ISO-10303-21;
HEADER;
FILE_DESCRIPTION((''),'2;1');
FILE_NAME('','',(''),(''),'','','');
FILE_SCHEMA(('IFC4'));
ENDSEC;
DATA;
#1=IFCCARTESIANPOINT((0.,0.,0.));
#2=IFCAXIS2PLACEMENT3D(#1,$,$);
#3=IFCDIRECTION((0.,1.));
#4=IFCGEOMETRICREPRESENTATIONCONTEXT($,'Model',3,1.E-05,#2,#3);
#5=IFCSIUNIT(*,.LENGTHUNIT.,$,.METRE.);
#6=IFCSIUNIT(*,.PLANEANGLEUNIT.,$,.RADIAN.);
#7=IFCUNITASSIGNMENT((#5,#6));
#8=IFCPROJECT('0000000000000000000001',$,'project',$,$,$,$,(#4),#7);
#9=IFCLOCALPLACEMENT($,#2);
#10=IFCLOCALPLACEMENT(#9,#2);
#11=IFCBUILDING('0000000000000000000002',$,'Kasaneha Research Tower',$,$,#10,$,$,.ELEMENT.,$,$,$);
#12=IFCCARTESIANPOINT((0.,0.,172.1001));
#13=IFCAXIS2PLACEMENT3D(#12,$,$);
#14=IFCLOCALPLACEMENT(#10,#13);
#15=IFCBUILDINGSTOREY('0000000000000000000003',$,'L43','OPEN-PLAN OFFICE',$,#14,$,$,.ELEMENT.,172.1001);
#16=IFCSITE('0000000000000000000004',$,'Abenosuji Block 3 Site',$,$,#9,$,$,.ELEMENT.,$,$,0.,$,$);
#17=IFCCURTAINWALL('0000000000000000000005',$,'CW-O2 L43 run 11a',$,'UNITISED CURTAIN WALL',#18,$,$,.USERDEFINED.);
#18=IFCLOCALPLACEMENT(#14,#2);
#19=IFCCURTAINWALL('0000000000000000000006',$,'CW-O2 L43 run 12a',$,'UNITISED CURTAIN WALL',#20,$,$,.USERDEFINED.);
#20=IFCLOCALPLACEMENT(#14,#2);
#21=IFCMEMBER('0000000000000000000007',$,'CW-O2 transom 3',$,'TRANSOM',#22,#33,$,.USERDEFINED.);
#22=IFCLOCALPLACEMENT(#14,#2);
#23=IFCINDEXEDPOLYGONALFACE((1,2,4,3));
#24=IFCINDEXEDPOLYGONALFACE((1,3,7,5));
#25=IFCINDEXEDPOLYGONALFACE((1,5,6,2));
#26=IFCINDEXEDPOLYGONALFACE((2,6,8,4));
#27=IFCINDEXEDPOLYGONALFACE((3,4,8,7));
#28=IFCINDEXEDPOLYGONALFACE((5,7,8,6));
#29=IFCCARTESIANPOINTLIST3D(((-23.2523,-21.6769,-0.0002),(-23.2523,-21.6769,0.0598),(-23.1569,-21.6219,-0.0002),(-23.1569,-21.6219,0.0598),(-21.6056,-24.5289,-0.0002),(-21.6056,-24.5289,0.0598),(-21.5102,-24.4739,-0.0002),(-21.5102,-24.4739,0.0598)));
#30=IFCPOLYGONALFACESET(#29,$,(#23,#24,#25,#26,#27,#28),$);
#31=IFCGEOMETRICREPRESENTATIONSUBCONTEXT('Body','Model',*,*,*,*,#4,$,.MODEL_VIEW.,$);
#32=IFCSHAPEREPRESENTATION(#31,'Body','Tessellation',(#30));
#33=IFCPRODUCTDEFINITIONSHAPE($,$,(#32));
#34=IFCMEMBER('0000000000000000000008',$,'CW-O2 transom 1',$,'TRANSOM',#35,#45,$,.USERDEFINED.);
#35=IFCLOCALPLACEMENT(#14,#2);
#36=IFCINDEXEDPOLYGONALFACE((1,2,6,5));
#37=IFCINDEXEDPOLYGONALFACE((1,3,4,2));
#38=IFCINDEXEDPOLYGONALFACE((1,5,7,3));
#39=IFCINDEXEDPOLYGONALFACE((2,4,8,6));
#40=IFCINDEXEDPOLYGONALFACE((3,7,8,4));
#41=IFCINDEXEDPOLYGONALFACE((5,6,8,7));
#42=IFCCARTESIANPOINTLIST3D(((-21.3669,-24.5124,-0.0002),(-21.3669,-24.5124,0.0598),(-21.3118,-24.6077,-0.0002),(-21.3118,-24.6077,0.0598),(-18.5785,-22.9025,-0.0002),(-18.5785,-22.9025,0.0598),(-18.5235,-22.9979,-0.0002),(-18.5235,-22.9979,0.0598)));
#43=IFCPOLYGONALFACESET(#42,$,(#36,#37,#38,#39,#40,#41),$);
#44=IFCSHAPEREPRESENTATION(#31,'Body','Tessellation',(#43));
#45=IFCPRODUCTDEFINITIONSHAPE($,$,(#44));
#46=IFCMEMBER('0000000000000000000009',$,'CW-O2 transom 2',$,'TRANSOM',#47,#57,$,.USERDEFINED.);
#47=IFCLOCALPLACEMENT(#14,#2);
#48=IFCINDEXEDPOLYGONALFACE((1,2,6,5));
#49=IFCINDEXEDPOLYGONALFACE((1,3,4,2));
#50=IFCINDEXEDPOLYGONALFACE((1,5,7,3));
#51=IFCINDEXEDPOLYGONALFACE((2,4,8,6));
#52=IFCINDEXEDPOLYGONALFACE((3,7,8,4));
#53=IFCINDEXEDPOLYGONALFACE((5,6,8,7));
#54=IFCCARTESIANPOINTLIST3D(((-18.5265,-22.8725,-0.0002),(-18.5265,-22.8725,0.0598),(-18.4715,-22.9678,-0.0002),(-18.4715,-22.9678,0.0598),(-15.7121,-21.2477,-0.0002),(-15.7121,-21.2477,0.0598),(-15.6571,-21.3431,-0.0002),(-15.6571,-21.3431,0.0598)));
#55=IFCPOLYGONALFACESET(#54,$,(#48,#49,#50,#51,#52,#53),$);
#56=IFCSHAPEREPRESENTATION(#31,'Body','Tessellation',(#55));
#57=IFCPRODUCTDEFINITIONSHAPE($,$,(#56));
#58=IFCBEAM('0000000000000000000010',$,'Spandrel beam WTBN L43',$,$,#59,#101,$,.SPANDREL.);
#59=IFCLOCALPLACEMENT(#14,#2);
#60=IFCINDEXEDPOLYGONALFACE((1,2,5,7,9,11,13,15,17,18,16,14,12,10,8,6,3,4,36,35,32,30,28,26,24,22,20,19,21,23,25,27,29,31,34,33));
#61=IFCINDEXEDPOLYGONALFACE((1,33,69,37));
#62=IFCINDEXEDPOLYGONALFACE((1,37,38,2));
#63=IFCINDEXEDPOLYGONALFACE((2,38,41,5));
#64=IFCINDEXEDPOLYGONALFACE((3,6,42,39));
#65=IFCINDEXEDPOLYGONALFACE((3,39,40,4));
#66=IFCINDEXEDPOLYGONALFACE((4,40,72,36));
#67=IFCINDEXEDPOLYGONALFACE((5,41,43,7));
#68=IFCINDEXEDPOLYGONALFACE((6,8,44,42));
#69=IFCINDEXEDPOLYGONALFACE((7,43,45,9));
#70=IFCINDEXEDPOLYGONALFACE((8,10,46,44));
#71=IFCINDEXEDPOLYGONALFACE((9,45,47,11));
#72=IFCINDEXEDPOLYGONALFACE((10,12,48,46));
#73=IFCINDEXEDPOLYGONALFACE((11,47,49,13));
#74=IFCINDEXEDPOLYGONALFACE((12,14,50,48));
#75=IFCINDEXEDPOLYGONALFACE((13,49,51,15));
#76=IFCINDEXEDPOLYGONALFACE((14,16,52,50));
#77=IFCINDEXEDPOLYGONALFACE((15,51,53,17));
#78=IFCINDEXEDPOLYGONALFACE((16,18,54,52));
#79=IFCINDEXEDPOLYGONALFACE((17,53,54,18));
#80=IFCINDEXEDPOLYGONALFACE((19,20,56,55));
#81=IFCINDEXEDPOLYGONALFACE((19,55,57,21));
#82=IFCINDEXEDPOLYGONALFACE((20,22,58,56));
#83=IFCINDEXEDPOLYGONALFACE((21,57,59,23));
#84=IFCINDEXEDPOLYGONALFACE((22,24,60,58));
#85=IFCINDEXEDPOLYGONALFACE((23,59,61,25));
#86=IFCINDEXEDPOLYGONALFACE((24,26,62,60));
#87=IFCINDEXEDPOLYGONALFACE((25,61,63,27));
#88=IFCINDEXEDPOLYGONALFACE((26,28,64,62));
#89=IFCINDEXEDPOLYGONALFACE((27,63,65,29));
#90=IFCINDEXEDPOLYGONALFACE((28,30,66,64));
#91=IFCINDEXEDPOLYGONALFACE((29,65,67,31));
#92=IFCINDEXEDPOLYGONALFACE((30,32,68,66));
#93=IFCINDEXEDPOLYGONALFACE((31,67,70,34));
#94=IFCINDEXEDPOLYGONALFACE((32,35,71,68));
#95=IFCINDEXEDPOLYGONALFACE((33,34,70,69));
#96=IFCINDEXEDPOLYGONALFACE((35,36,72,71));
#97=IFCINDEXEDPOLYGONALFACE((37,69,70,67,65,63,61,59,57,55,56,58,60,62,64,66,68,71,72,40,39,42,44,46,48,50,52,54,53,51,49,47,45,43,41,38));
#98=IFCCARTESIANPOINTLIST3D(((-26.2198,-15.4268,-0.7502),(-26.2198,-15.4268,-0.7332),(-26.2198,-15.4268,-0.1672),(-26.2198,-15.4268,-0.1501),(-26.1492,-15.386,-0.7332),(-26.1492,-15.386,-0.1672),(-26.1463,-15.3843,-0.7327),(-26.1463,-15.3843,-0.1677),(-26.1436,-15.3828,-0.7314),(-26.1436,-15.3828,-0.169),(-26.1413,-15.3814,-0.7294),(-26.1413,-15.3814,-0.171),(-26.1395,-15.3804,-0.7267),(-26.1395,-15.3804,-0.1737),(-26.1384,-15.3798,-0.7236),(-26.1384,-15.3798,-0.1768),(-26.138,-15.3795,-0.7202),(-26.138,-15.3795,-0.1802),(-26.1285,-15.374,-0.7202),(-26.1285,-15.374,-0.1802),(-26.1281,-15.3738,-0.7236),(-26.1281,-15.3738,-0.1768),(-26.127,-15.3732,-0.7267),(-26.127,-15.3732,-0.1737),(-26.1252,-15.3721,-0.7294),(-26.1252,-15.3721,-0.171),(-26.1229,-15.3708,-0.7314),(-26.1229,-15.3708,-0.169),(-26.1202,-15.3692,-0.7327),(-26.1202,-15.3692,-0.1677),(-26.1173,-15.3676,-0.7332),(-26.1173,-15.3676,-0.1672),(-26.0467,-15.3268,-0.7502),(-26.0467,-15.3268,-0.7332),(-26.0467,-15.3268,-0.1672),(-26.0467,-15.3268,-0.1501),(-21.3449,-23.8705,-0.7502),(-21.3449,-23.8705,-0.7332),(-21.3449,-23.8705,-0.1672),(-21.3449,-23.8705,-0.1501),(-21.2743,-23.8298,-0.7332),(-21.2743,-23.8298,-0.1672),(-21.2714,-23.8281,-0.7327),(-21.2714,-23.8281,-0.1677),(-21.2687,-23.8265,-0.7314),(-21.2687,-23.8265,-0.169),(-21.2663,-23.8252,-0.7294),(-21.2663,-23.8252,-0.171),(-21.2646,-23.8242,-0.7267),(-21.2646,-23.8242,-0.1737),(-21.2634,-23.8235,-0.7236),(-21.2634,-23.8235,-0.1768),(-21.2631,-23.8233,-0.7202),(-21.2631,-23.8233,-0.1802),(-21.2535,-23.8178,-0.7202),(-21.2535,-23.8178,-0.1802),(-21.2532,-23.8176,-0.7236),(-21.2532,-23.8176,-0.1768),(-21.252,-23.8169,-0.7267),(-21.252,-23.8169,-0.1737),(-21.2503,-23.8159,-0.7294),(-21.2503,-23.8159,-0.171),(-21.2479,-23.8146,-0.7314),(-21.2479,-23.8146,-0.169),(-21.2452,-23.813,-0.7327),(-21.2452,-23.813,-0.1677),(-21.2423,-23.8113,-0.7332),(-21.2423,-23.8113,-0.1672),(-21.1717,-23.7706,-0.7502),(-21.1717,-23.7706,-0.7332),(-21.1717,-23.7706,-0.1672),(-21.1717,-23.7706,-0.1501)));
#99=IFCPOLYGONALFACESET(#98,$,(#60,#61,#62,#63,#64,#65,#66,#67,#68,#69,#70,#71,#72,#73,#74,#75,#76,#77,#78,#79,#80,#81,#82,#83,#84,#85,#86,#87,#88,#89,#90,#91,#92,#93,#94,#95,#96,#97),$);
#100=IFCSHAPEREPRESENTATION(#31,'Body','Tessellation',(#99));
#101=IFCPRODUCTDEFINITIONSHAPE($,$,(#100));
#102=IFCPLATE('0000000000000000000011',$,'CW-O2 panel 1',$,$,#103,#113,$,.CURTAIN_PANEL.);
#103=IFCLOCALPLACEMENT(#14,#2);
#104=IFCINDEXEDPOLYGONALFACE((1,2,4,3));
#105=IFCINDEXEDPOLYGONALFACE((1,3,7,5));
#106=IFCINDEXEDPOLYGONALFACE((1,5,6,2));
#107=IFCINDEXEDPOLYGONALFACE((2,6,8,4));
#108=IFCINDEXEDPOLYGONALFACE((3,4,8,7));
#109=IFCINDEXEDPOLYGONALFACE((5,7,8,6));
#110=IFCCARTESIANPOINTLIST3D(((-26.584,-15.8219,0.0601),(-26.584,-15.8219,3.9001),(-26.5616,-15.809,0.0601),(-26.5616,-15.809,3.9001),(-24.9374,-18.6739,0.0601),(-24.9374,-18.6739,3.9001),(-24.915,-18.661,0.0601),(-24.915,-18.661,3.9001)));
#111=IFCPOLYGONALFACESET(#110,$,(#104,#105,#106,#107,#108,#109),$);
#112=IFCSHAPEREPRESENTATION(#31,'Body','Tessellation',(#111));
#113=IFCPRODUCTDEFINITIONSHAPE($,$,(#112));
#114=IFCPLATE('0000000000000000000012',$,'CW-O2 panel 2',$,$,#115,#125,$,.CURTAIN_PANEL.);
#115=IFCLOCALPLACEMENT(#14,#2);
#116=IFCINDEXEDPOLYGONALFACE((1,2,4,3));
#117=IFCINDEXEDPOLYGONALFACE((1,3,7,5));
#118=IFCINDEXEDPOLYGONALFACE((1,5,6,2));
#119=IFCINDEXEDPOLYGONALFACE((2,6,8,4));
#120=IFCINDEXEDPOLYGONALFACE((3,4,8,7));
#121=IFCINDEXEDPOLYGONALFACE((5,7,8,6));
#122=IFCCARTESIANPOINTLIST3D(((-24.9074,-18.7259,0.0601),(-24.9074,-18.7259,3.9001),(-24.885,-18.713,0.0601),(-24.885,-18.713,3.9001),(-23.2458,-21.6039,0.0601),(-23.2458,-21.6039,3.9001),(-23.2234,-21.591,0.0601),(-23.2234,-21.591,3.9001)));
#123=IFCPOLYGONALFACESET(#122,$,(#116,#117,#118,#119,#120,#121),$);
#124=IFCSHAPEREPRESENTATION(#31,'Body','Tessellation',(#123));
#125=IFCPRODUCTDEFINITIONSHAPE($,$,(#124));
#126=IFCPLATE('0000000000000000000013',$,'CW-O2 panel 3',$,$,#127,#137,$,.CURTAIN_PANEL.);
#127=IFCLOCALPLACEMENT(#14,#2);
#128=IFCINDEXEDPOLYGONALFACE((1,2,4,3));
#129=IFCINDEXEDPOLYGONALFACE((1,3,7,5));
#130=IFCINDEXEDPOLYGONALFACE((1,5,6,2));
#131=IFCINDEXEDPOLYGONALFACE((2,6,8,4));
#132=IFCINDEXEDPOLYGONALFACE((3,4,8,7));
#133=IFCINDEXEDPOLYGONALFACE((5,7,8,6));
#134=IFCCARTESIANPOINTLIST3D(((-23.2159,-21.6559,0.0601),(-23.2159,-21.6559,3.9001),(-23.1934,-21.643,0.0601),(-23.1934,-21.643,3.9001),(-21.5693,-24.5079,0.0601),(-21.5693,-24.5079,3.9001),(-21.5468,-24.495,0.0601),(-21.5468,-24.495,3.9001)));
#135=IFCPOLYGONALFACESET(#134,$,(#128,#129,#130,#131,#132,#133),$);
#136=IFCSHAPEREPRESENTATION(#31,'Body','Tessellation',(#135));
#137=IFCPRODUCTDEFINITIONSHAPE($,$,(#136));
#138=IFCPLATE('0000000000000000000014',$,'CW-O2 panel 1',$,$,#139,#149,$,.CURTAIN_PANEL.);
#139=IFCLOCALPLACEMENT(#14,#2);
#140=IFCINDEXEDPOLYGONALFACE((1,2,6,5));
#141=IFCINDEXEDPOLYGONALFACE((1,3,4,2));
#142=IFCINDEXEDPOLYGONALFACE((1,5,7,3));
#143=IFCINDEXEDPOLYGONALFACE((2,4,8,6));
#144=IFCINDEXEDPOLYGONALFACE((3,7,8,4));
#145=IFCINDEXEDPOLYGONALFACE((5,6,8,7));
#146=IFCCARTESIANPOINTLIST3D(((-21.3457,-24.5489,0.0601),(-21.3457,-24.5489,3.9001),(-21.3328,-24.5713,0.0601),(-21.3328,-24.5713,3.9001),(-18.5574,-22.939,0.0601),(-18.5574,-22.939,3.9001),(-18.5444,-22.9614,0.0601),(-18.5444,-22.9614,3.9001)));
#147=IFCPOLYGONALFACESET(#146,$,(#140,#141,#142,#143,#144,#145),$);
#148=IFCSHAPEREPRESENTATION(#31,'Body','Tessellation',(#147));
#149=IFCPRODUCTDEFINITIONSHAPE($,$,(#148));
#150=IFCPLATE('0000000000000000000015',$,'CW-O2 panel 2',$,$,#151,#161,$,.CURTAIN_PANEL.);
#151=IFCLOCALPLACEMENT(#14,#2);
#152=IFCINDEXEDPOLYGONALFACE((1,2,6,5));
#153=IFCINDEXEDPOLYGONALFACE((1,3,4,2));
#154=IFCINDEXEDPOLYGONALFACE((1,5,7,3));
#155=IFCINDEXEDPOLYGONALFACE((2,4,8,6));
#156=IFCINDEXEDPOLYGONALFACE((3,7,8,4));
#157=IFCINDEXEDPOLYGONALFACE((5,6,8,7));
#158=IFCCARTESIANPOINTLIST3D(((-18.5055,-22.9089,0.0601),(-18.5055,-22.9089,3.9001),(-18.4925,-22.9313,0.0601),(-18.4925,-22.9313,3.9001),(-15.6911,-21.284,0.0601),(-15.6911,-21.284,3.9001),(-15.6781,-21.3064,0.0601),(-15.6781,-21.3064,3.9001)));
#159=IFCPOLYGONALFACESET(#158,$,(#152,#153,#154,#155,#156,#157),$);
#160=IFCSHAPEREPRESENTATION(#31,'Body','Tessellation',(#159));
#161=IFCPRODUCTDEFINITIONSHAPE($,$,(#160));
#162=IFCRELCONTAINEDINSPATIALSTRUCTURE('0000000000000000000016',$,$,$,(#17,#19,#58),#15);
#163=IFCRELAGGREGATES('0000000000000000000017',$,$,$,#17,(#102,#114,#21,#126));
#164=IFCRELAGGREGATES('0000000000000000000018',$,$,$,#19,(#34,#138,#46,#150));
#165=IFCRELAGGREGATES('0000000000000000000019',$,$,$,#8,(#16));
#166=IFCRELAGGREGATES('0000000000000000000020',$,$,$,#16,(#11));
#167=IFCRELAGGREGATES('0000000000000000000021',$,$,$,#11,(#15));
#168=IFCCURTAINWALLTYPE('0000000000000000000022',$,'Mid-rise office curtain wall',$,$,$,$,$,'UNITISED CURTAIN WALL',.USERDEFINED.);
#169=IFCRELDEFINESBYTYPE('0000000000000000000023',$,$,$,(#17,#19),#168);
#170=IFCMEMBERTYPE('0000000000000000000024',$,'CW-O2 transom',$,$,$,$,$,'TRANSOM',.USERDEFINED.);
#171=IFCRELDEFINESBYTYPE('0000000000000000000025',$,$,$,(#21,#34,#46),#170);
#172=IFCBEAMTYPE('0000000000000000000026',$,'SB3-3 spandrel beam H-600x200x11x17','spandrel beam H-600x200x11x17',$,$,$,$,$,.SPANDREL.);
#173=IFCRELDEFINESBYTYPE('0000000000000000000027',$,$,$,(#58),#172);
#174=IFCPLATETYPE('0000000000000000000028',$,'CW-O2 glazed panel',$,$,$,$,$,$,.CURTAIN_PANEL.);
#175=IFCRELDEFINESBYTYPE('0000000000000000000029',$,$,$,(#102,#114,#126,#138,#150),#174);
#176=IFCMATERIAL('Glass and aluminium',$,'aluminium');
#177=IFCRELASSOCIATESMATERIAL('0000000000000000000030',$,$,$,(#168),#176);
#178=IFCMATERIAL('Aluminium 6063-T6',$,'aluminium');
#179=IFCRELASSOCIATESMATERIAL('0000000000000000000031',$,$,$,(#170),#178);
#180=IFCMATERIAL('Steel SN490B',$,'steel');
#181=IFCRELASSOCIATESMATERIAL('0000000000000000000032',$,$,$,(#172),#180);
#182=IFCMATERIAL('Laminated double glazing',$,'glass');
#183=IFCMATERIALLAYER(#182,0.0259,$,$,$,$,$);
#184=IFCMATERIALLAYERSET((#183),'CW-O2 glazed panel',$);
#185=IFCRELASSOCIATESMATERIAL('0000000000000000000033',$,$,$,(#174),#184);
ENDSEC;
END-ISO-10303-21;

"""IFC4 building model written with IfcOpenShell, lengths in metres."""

from ifc_helpers import new_model, si_unit, direction, frame, origin, origin_2d, place, context, subcontext, project, spatial, rectangle, i_section, extrude, material, layer, layer_set, material_profile, profile_set, type_object, element, aggregate, save


model = new_model("IFC4")

# Units and contexts
model_context = context("Model", 3, precision=1e-05, world=origin(), true_north=direction((0.0, 1.0)))
body_context = subcontext(model_context, "Body", "Model", "MODEL_VIEW")
ifc_project = project(units=[si_unit("LENGTHUNIT", "METRE"), si_unit("PLANEANGLEUNIT", "RADIAN")], contexts=[model_context])

# Site, building, storey
site_placement = place(None, origin())
site = spatial("IfcSite", under=ifc_project, at=site_placement, Name="Abenosuji Block 3 Site", CompositionType="ELEMENT", RefElevation=0.0)
building_placement = place(site_placement, origin())
building = spatial("IfcBuilding", under=site, at=building_placement, Name="Kasaneha Research Tower", CompositionType="ELEMENT")
storey_placement = place(building_placement, frame((0.0, 0.0, 172.1001)))
storey = spatial("IfcBuildingStorey", under=building, at=storey_placement, Name="L43", Description="OPEN-PLAN OFFICE", CompositionType="ELEMENT", Elevation=172.1001)

# Shared definitions
ifc_material_1 = material(Name="Glass and aluminium", Category="aluminium")
curtain_wall_type = type_object("IfcCurtainWallType", Name="Mid-rise office curtain wall", ElementType="UNITISED CURTAIN WALL", PredefinedType="USERDEFINED", material=ifc_material_1)

# Curtain walls
curtain_wall_1_placement = place(storey_placement, origin())
curtain_wall_1 = element("IfcCurtainWall", 1, at=curtain_wall_1_placement, inside=storey, type_object=curtain_wall_type, Name="CW-O2 L43 run 11a", ObjectType="UNITISED CURTAIN WALL", PredefinedType="USERDEFINED")
curtain_wall_2_placement = place(storey_placement, origin())
curtain_wall_2 = element("IfcCurtainWall", 2, at=curtain_wall_2_placement, inside=storey, type_object=curtain_wall_type, Name="CW-O2 L43 run 12a", ObjectType="UNITISED CURTAIN WALL", PredefinedType="USERDEFINED")

# Members
ifc_material_2 = material(Name="Aluminium 6063-T6", Category="aluminium")
ifc_material_profile_1 = material_profile(ifc_material_2, rectangle(XDim=0.1101, YDim=0.0601, at=origin_2d()), Name="CW-O2 transom 110x60")
ifc_profile_set_1 = profile_set([ifc_material_profile_1], Name="Aluminium 6063-T6")
member_type_1 = type_object("IfcMemberType", Name="CW-O2 transom", ElementType="TRANSOM", PredefinedType="USERDEFINED", material=ifc_profile_set_1)
member_1_placement = place(storey_placement, frame((-23.2046, -21.6494, 0.0298), z_axis=(0.500022, -0.866013, 0.0), x_axis=(0.866013, 0.500022, 0.0)))
member_1 = element("IfcMember", 3, at=member_1_placement, type_object=member_type_1, Name="CW-O2 transom 3", ObjectType="TRANSOM", PredefinedType="USERDEFINED", context=body_context, shape_type="SweptSolid", body=[
    extrude(rectangle(XDim=0.1101, YDim=0.0601, at=origin_2d()), origin(), (0.0, 0.0, 1.0), 3.2932),
])
member_2_placement = place(storey_placement, frame((-21.3394, -24.5601, 0.0298), z_axis=(0.866023, 0.500005, 0.0), x_axis=(-0.500005, 0.866023, 0.0)))
member_2 = element("IfcMember", 4, at=member_2_placement, type_object=member_type_1, Name="CW-O2 transom 1", ObjectType="TRANSOM", PredefinedType="USERDEFINED", context=body_context, shape_type="SweptSolid", body=[
    extrude(rectangle(XDim=0.1101, YDim=0.0601, at=origin_2d()), origin(), (0.0, 0.0, 1.0), 3.2197),
])
member_3_placement = place(storey_placement, frame((-18.499, -22.9202, 0.0298), z_axis=(0.866048, 0.499961, 0.0), x_axis=(-0.499961, 0.866048, 0.0)))
member_3 = element("IfcMember", 5, at=member_3_placement, type_object=member_type_1, Name="CW-O2 transom 2", ObjectType="TRANSOM", PredefinedType="USERDEFINED", context=body_context, shape_type="SweptSolid", body=[
    extrude(rectangle(XDim=0.1101, YDim=0.0601, at=origin_2d()), origin(), (0.0, 0.0, 1.0), 3.2498),
])

# Beam
ifc_material_3 = material(Name="Steel SN490B", Category="steel")
ifc_material_profile_2 = material_profile(ifc_material_3, i_section(OverallWidth=0.2, OverallDepth=0.6001, WebThickness=0.011, FlangeThickness=0.0171, FilletRadius=0.0129, at=origin_2d()), Name="H-600x200x11x17")
ifc_profile_set_2 = profile_set([ifc_material_profile_2], Name="Steel SN490B")
beam_type_1 = type_object("IfcBeamType", Name="SB3-3 spandrel beam H-600x200x11x17", Description="spandrel beam H-600x200x11x17", PredefinedType="SPANDREL", material=ifc_profile_set_2)
beam_1_placement = place(storey_placement, frame((-21.2583, -23.8206, -0.4502), z_axis=(-0.499996, 0.866028, 0.0), x_axis=(-0.866028, -0.499996, 0.0)))
element("IfcBeam", 6, at=beam_1_placement, inside=storey, type_object=beam_type_1, Name="Spandrel beam WTBN L43", PredefinedType="SPANDREL", context=body_context, shape_type="SweptSolid", body=[
    extrude(i_section(OverallWidth=0.2, OverallDepth=0.6001, WebThickness=0.011, FlangeThickness=0.0171, FilletRadius=0.0129, at=origin_2d()), origin(), (0.0, 0.0, 1.0), 9.75),
])

# Plates
ifc_material_4 = material(Name="Laminated double glazing", Category="glass")
ifc_layer_1 = layer(ifc_material_4, 0.0259)
ifc_layer_set_1 = layer_set([ifc_layer_1], Name="CW-O2 glazed panel")
plate_type = type_object("IfcPlateType", Name="CW-O2 glazed panel", PredefinedType="CURTAIN_PANEL", material=ifc_layer_set_1)
plate_1_placement = place(storey_placement, frame((-25.7495, -17.2415, 0.0601), z_axis=(0.0, 0.0, 1.0), x_axis=(0.5, -0.866025, 0.0)))
plate_1 = element("IfcPlate", 7, at=plate_1_placement, type_object=plate_type, Name="CW-O2 panel 1", PredefinedType="CURTAIN_PANEL", context=body_context, shape_type="SweptSolid", body=[
    extrude(rectangle(XDim=3.2932, YDim=0.0259, at=origin_2d()), origin(), (0.0, 0.0, 1.0), 3.8401),
])
plate_2_placement = place(storey_placement, frame((-24.0654, -20.1584, 0.0601), z_axis=(0.0, 0.0, 1.0), x_axis=(0.5, -0.866025, 0.0)))
plate_2 = element("IfcPlate", 8, at=plate_2_placement, type_object=plate_type, Name="CW-O2 panel 2", PredefinedType="CURTAIN_PANEL", context=body_context, shape_type="SweptSolid", body=[
    extrude(rectangle(XDim=3.3232, YDim=0.0259, at=origin_2d()), origin(), (0.0, 0.0, 1.0), 3.8401),
])
plate_3_placement = place(storey_placement, frame((-22.3813, -23.0754, 0.0601), z_axis=(0.0, 0.0, 1.0), x_axis=(0.5, -0.866025, 0.0)))
plate_3 = element("IfcPlate", 9, at=plate_3_placement, type_object=plate_type, Name="CW-O2 panel 3", PredefinedType="CURTAIN_PANEL", context=body_context, shape_type="SweptSolid", body=[
    extrude(rectangle(XDim=3.2932, YDim=0.0259, at=origin_2d()), origin(), (0.0, 0.0, 1.0), 3.8401),
])
aggregate(curtain_wall_1, [plate_1, plate_2, member_1, plate_3])
plate_4_placement = place(storey_placement, frame((-19.9451, -23.7551, 0.0601), z_axis=(0.0, 0.0, 1.0), x_axis=(0.866025, 0.5, 0.0)))
plate_4 = element("IfcPlate", 10, at=plate_4_placement, type_object=plate_type, Name="CW-O2 panel 1", PredefinedType="CURTAIN_PANEL", context=body_context, shape_type="SweptSolid", body=[
    extrude(rectangle(XDim=3.2197, YDim=0.0259, at=origin_2d()), origin(), (0.0, 0.0, 1.0), 3.8401),
])
plate_5_placement = place(storey_placement, frame((-17.0918, -22.1077, 0.0601), z_axis=(0.0, 0.0, 1.0), x_axis=(0.866025, 0.5, 0.0)))
plate_5 = element("IfcPlate", 11, at=plate_5_placement, type_object=plate_type, Name="CW-O2 panel 2", PredefinedType="CURTAIN_PANEL", context=body_context, shape_type="SweptSolid", body=[
    extrude(rectangle(XDim=3.2498, YDim=0.0259, at=origin_2d()), origin(), (0.0, 0.0, 1.0), 3.8401),
])
aggregate(curtain_wall_2, [member_2, plate_4, member_3, plate_5])

save(model, "model.ifc")
